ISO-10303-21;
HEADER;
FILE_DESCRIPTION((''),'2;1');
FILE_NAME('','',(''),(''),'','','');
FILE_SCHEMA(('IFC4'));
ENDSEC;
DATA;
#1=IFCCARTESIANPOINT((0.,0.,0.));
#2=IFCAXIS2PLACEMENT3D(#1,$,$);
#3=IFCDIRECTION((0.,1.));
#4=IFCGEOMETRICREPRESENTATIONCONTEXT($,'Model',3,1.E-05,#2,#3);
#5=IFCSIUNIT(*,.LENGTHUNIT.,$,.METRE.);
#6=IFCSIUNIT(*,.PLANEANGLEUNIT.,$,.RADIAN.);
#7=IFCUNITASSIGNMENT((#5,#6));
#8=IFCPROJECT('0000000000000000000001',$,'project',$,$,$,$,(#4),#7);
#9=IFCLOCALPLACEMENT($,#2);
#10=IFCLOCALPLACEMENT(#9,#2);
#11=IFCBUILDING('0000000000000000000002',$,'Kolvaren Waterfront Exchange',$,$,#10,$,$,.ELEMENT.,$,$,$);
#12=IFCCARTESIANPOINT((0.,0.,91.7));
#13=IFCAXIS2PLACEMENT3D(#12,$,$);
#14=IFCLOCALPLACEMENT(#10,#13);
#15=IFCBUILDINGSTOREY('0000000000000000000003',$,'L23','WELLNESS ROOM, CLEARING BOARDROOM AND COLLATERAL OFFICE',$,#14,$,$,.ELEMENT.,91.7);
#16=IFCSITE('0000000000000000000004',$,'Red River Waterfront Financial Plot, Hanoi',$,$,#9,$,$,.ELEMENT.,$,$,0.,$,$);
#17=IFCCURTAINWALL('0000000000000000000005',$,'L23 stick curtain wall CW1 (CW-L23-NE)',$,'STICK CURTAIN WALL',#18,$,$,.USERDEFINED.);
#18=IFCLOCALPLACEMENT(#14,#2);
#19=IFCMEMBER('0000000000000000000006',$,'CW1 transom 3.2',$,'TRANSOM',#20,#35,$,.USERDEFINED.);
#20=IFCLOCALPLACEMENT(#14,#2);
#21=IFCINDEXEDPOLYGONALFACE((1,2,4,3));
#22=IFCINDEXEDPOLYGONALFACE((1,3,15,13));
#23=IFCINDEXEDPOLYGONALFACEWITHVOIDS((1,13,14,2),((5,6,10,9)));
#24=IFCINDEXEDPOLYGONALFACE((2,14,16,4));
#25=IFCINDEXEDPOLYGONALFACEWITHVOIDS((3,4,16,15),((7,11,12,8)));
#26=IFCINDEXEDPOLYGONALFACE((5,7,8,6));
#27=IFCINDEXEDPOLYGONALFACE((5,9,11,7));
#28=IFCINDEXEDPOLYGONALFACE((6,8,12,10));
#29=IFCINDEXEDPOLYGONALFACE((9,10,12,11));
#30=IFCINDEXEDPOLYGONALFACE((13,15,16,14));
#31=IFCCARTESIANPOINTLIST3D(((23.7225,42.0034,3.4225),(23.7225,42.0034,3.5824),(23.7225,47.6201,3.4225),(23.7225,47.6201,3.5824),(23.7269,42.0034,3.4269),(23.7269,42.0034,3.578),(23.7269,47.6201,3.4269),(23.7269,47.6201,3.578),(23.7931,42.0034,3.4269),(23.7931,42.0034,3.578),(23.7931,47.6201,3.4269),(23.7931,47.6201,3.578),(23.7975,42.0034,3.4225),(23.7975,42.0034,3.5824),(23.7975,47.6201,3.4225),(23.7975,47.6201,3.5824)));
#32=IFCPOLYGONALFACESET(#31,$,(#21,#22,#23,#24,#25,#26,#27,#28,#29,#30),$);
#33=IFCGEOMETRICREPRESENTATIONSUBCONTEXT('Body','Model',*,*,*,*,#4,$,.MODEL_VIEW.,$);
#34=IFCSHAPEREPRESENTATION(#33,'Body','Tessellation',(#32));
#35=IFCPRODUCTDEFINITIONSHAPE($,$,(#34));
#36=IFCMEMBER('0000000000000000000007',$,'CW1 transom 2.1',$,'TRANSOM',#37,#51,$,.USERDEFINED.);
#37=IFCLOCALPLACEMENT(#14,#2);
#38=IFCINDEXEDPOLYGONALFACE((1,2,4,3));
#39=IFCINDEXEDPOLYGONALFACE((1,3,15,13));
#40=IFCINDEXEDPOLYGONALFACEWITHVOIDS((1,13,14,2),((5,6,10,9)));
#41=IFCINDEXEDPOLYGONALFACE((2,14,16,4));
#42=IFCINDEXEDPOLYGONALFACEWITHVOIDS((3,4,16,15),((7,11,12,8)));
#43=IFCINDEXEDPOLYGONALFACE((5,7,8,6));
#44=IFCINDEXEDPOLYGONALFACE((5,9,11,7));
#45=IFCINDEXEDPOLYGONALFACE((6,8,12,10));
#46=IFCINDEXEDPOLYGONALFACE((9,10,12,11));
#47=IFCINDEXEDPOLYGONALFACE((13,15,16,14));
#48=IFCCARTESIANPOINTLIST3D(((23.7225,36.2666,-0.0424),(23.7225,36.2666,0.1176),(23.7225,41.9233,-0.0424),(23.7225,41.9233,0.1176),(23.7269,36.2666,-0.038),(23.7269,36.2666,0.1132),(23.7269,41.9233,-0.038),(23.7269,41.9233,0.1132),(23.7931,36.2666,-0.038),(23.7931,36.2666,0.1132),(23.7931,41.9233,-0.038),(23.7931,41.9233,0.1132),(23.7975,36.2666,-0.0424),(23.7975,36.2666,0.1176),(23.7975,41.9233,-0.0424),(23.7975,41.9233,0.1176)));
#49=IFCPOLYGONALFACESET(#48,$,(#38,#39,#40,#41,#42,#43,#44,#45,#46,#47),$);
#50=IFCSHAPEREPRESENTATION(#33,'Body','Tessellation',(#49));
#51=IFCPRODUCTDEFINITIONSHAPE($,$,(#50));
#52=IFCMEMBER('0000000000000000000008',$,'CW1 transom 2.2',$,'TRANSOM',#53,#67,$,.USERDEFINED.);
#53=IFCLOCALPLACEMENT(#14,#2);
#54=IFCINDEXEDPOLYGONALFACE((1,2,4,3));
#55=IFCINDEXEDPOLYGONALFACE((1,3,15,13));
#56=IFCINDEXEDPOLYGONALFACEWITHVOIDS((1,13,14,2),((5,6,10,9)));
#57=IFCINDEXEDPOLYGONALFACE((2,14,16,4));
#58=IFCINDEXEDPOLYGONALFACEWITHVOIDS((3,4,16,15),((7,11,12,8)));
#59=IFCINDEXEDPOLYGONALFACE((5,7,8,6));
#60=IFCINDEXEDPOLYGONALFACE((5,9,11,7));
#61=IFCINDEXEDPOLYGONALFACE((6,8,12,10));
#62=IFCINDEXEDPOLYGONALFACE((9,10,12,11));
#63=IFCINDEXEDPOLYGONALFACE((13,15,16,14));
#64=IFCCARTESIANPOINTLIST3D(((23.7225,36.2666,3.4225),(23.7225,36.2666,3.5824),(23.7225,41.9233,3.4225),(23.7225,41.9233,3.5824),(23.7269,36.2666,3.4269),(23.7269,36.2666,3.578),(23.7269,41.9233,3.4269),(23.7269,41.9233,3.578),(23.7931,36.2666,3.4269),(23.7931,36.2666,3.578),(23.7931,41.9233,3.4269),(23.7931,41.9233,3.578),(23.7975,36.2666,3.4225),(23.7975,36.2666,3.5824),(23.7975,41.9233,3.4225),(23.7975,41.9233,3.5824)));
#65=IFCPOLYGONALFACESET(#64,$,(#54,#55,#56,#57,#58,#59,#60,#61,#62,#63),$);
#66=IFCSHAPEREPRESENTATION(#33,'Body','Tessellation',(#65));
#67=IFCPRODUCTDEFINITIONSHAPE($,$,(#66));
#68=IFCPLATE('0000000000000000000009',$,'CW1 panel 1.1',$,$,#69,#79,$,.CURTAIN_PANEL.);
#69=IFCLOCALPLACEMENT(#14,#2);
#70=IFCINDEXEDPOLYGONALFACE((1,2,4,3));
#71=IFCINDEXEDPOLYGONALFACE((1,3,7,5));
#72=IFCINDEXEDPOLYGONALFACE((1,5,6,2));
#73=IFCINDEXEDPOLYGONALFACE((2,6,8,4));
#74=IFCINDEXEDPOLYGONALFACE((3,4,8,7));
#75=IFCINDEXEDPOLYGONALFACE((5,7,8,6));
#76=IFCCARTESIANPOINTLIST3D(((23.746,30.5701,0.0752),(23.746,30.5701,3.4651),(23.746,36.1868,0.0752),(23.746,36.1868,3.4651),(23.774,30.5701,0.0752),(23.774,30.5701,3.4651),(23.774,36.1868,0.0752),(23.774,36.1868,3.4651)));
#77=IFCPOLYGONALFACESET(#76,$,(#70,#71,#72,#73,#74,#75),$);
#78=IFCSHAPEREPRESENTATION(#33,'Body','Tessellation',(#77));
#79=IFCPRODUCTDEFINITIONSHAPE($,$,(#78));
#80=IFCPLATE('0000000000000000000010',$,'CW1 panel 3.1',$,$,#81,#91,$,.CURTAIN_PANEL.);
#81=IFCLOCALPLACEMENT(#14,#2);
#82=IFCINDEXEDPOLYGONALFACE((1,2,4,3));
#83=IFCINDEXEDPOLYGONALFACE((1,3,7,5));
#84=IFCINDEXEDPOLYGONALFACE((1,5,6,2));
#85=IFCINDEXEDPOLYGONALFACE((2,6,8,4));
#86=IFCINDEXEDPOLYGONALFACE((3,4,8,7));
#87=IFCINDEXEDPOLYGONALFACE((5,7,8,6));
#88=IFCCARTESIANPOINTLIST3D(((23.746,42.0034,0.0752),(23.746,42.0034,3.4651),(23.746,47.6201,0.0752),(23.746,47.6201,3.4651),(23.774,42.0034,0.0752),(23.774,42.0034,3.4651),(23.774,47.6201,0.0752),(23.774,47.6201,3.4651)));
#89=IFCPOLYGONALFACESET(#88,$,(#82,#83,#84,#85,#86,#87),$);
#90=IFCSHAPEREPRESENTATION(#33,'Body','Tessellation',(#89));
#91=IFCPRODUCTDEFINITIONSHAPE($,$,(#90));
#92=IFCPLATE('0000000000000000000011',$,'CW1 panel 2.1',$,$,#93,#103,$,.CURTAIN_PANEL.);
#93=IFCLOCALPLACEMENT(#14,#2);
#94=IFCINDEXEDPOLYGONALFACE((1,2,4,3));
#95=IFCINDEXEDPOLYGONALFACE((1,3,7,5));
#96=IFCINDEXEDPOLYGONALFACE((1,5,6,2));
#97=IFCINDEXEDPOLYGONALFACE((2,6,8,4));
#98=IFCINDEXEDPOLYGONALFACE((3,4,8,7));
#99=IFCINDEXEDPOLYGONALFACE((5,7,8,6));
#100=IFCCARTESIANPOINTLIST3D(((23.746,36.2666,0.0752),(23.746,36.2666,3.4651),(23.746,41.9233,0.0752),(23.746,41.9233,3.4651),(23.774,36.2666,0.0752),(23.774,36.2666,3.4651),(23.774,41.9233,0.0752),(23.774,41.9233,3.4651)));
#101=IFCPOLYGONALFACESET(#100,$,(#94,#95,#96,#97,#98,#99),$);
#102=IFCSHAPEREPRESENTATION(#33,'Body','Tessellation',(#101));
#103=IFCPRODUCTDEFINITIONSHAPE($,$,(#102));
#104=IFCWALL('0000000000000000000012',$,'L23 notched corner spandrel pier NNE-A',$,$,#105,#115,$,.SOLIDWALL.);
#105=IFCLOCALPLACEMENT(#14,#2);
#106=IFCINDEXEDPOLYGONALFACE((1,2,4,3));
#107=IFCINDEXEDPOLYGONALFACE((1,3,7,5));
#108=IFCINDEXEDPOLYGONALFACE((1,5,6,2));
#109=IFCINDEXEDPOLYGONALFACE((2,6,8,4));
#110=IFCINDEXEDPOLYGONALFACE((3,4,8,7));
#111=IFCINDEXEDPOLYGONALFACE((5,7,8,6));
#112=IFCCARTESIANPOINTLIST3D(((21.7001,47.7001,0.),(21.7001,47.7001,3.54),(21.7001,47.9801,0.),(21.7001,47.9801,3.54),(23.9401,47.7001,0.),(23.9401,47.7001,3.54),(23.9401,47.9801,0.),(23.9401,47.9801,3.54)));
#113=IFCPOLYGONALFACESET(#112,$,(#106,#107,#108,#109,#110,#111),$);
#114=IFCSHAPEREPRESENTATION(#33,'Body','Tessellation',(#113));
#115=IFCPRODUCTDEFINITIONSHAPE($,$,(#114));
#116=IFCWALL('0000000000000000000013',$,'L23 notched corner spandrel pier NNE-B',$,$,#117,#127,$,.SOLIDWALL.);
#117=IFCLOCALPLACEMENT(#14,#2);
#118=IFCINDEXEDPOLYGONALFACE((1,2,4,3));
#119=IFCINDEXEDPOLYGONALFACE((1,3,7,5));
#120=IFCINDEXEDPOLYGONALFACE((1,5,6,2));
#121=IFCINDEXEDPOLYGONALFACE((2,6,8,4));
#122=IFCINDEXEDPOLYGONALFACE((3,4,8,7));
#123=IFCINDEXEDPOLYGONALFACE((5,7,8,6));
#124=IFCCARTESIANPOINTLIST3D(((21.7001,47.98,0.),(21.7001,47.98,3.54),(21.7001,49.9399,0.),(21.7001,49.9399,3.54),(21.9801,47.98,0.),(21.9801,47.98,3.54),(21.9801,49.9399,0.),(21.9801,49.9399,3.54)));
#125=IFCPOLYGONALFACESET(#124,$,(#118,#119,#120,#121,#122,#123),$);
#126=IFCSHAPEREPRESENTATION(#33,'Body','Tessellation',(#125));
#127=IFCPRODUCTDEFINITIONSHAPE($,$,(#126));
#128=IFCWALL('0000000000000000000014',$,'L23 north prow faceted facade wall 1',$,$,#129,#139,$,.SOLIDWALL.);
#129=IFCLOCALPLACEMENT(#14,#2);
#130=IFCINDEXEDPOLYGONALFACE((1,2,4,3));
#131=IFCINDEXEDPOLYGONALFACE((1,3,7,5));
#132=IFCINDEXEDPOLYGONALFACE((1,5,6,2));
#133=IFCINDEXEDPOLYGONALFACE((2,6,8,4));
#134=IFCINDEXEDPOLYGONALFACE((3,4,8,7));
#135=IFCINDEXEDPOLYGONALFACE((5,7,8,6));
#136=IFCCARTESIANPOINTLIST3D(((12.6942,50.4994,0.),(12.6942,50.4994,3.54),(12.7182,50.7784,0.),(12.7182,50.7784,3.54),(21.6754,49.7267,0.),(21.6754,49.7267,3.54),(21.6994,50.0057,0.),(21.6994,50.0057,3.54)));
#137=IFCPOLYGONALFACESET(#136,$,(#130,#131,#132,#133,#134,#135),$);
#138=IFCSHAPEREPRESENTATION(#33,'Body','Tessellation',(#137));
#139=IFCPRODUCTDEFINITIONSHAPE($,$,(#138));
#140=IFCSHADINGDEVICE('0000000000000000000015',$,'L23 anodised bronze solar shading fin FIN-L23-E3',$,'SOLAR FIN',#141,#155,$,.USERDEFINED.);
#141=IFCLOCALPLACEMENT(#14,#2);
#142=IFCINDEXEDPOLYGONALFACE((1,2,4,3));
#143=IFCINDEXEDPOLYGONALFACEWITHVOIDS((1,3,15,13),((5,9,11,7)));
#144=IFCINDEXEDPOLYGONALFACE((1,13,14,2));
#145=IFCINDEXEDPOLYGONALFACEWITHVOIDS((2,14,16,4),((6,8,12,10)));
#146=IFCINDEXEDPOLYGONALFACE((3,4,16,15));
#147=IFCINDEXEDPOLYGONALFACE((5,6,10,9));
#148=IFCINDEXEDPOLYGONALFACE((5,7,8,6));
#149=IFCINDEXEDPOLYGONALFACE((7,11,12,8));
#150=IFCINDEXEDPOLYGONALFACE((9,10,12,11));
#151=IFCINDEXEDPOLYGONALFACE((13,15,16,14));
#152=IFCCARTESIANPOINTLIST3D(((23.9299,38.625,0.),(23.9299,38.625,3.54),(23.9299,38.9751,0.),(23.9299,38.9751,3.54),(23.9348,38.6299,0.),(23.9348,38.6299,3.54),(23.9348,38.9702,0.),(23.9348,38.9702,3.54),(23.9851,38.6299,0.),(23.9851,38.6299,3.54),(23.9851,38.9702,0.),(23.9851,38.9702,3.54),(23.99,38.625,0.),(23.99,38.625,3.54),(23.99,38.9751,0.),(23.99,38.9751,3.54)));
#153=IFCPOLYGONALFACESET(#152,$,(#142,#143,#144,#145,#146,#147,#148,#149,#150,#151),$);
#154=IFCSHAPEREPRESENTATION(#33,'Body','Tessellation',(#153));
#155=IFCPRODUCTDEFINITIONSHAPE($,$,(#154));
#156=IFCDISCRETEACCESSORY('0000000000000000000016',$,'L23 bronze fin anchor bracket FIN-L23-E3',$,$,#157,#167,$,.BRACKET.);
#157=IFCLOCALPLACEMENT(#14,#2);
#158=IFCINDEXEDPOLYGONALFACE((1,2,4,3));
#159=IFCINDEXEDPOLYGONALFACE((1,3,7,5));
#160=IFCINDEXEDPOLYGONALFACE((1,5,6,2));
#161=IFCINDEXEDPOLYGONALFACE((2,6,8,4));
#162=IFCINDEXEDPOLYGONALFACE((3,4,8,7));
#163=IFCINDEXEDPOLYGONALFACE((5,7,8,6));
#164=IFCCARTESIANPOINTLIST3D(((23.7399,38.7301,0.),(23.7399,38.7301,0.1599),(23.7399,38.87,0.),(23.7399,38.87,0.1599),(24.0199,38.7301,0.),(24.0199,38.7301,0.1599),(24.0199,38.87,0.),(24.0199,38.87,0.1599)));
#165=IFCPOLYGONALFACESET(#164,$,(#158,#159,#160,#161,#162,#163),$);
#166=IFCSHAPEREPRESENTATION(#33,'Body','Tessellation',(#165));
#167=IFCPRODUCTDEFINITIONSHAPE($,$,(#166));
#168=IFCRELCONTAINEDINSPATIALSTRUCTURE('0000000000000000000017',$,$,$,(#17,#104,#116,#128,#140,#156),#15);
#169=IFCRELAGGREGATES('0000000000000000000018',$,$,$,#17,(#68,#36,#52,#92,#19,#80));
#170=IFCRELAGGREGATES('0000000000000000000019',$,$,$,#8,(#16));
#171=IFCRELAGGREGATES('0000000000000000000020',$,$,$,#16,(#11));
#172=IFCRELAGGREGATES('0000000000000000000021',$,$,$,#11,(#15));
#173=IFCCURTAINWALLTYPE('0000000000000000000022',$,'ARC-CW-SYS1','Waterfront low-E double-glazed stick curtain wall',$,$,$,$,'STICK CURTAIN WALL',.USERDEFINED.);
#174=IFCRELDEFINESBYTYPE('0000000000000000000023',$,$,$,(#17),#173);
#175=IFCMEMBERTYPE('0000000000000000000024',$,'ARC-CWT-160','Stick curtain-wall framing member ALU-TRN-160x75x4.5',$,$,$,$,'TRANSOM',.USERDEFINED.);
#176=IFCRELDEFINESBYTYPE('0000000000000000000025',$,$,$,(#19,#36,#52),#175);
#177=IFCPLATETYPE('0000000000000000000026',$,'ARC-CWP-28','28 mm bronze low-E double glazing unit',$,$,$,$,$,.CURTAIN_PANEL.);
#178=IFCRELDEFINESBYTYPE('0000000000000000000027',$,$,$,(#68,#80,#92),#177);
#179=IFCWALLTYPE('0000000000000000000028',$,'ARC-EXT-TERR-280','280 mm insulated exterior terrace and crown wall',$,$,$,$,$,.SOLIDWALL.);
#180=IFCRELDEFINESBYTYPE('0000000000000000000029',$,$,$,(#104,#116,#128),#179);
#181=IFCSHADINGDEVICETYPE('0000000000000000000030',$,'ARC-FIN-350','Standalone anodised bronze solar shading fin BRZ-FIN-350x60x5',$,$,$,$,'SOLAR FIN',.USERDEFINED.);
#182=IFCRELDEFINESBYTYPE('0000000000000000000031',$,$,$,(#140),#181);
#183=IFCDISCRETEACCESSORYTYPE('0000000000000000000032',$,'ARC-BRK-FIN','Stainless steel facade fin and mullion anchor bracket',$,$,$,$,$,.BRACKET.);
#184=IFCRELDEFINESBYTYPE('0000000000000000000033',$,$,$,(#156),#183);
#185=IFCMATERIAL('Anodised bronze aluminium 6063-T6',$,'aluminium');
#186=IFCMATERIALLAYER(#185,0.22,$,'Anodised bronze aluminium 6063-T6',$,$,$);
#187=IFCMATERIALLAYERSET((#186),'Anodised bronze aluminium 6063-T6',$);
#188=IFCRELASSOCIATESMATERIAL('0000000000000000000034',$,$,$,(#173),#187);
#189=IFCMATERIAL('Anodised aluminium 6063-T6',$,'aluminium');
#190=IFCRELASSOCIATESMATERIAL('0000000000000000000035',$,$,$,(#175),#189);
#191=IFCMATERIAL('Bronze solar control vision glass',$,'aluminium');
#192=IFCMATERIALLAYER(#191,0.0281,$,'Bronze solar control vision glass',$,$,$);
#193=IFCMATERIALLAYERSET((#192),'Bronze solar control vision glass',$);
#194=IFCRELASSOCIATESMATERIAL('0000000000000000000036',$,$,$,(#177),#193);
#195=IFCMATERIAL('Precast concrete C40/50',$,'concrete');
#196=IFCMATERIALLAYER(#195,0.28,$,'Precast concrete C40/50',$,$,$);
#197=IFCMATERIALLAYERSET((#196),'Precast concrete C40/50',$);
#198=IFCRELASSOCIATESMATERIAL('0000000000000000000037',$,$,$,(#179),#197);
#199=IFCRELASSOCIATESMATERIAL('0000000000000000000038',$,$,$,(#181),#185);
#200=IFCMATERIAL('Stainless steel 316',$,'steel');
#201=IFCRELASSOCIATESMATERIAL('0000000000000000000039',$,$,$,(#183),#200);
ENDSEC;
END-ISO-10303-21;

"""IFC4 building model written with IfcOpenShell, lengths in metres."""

from ifc_helpers import new_model, si_unit, direction, frame, frame_2d, origin, origin_with_axes, origin_2d, place, context, subcontext, project, spatial, rectangle, hollow_rectangle, extrude, source, transform, mapped, material, layer, layer_set, material_profile, profile_set, type_object, element, aggregate, save


model = new_model("IFC4")

# Units and contexts
model_context = context("Model", 3, precision=1e-05, world=origin(), true_north=direction((0.0, 1.0)))
body_context = subcontext(model_context, "Body", "Model", "MODEL_VIEW")
ifc_project = project(units=[si_unit("LENGTHUNIT", "METRE"), si_unit("PLANEANGLEUNIT", "RADIAN")], contexts=[model_context])

# Site, building, storey
site_placement = place(None, origin())
site = spatial("IfcSite", under=ifc_project, at=site_placement, Name="Red River Waterfront Financial Plot, Hanoi", CompositionType="ELEMENT", RefElevation=0.0)
building_placement = place(site_placement, origin())
building = spatial("IfcBuilding", under=site, at=building_placement, Name="Kolvaren Waterfront Exchange", CompositionType="ELEMENT")
storey_placement = place(building_placement, frame((0.0, 0.0, 91.7)))
storey = spatial("IfcBuildingStorey", under=building, at=storey_placement, Name="L23", Description="WELLNESS ROOM, CLEARING BOARDROOM AND COLLATERAL OFFICE", CompositionType="ELEMENT", Elevation=91.7)

# Curtain wall, members, plates
ifc_material_1 = material(Name="Anodised bronze aluminium 6063-T6", Category="aluminium")
ifc_layer_1 = layer(ifc_material_1, 0.22, Name="Anodised bronze aluminium 6063-T6")
ifc_layer_set_1 = layer_set([ifc_layer_1], Name="Anodised bronze aluminium 6063-T6")
curtain_wall_type = type_object("IfcCurtainWallType", Name="ARC-CW-SYS1", Description="Waterfront low-E double-glazed stick curtain wall", ElementType="STICK CURTAIN WALL", PredefinedType="USERDEFINED", material=ifc_layer_set_1)
curtain_wall_placement = place(storey_placement, origin())
curtain_wall = element("IfcCurtainWall", 1, at=curtain_wall_placement, inside=storey, type_object=curtain_wall_type, Name="L23 stick curtain wall CW1 (CW-L23-NE)", ObjectType="STICK CURTAIN WALL", PredefinedType="USERDEFINED")
ifc_material_2 = material(Name="Anodised aluminium 6063-T6", Category="aluminium")
ifc_material_profile_1 = material_profile(ifc_material_2, hollow_rectangle(XDim=0.075, YDim=0.1599, WallThickness=0.0044, at=origin_2d()), Name="ALU-TRN-160x75x4.5")
ifc_profile_set_1 = profile_set([ifc_material_profile_1], Name="Anodised aluminium 6063-T6")
member_type_1 = type_object("IfcMemberType", Name="ARC-CWT-160", Description="Stick curtain-wall framing member ALU-TRN-160x75x4.5", ElementType="TRANSOM", PredefinedType="USERDEFINED", material=ifc_profile_set_1)
shared_shape_1 = source(origin_with_axes(), body_context, "Body", "SweptSolid", [
    extrude(hollow_rectangle(XDim=0.075, YDim=0.1599, WallThickness=0.0044, at=origin_2d()), origin(), (0.0, 0.0, 1.0), 5.6167),
])
member_1_placement = place(storey_placement, frame((23.76, 42.0034, 3.5024), z_axis=(0.0, 1.0, 0.0), x_axis=(-1.0, 0.0, 0.0)))
member_1 = element("IfcMember", 2, at=member_1_placement, type_object=member_type_1, Name="CW1 transom 3.2", ObjectType="TRANSOM", PredefinedType="USERDEFINED", context=body_context, shape_type="MappedRepresentation", body=[
    mapped(shared_shape_1, transform((0.0, 0.0, 0.0), x_axis=(1.0, 0.0, 0.0), y_axis=(0.0, 1.0, 0.0), z_axis=(0.0, 0.0, 1.0), scale=1.0)),
])
shared_shape_2 = source(origin_with_axes(), body_context, "Body", "SweptSolid", [
    extrude(hollow_rectangle(XDim=0.075, YDim=0.1599, WallThickness=0.0044, at=origin_2d()), origin(), (0.0, 0.0, 1.0), 5.6567),
])
member_2_placement = place(storey_placement, frame((23.76, 36.2666, 0.0376), z_axis=(0.0, 1.0, 0.0), x_axis=(-1.0, 0.0, 0.0)))
member_2 = element("IfcMember", 3, at=member_2_placement, type_object=member_type_1, Name="CW1 transom 2.1", ObjectType="TRANSOM", PredefinedType="USERDEFINED", context=body_context, shape_type="MappedRepresentation", body=[
    mapped(shared_shape_2, transform((0.0, 0.0, 0.0), x_axis=(1.0, 0.0, 0.0), y_axis=(0.0, 1.0, 0.0), z_axis=(0.0, 0.0, 1.0), scale=1.0)),
])
member_3_placement = place(storey_placement, frame((23.76, 36.2666, 3.5024), z_axis=(0.0, 1.0, 0.0), x_axis=(-1.0, 0.0, 0.0)))
member_3 = element("IfcMember", 4, at=member_3_placement, type_object=member_type_1, Name="CW1 transom 2.2", ObjectType="TRANSOM", PredefinedType="USERDEFINED", context=body_context, shape_type="MappedRepresentation", body=[
    mapped(shared_shape_2, transform((0.0, 0.0, 0.0), x_axis=(1.0, 0.0, 0.0), y_axis=(0.0, 1.0, 0.0), z_axis=(0.0, 0.0, 1.0), scale=1.0)),
])
ifc_material_3 = material(Name="Bronze solar control vision glass", Category="aluminium")
ifc_layer_2 = layer(ifc_material_3, 0.0281, Name="Bronze solar control vision glass")
ifc_layer_set_2 = layer_set([ifc_layer_2], Name="Bronze solar control vision glass")
plate_type = type_object("IfcPlateType", Name="ARC-CWP-28", Description="28 mm bronze low-E double glazing unit", PredefinedType="CURTAIN_PANEL", material=ifc_layer_set_2)
shared_shape_3 = source(origin_with_axes(), body_context, "Body", "SweptSolid", [
    extrude(rectangle(XDim=5.6167, YDim=0.0281, at=origin_2d()), origin(), (0.0, 0.0, 1.0), 3.3899),
])
plate_1_placement = place(storey_placement, frame((23.76, 33.3784, 0.0752), z_axis=(0.0, 0.0, 1.0), x_axis=(0.0, 1.0, 0.0)))
plate_1 = element("IfcPlate", 5, at=plate_1_placement, type_object=plate_type, Name="CW1 panel 1.1", PredefinedType="CURTAIN_PANEL", context=body_context, shape_type="MappedRepresentation", body=[
    mapped(shared_shape_3, transform((0.0, 0.0, 0.0), x_axis=(1.0, 0.0, 0.0), y_axis=(0.0, 1.0, 0.0), z_axis=(0.0, 0.0, 1.0), scale=1.0)),
])
plate_2_placement = place(storey_placement, frame((23.76, 44.8118, 0.0752), z_axis=(0.0, 0.0, 1.0), x_axis=(0.0, 1.0, 0.0)))
plate_2 = element("IfcPlate", 6, at=plate_2_placement, type_object=plate_type, Name="CW1 panel 3.1", PredefinedType="CURTAIN_PANEL", context=body_context, shape_type="MappedRepresentation", body=[
    mapped(shared_shape_3, transform((0.0, 0.0, 0.0), x_axis=(1.0, 0.0, 0.0), y_axis=(0.0, 1.0, 0.0), z_axis=(0.0, 0.0, 1.0), scale=1.0)),
])
shared_shape_4 = source(origin_with_axes(), body_context, "Body", "SweptSolid", [
    extrude(rectangle(XDim=5.6567, YDim=0.0281, at=origin_2d()), origin(), (0.0, 0.0, 1.0), 3.3899),
])
plate_3_placement = place(storey_placement, frame((23.76, 39.095, 0.0752), z_axis=(0.0, 0.0, 1.0), x_axis=(0.0, 1.0, 0.0)))
plate_3 = element("IfcPlate", 7, at=plate_3_placement, type_object=plate_type, Name="CW1 panel 2.1", PredefinedType="CURTAIN_PANEL", context=body_context, shape_type="MappedRepresentation", body=[
    mapped(shared_shape_4, transform((0.0, 0.0, 0.0), x_axis=(1.0, 0.0, 0.0), y_axis=(0.0, 1.0, 0.0), z_axis=(0.0, 0.0, 1.0), scale=1.0)),
])
aggregate(curtain_wall, [plate_1, member_2, member_3, plate_3, member_1, plate_2])

# Walls
ifc_material_4 = material(Name="Precast concrete C40/50", Category="concrete")
ifc_layer_3 = layer(ifc_material_4, 0.28, Name="Precast concrete C40/50")
ifc_layer_set_3 = layer_set([ifc_layer_3], Name="Precast concrete C40/50")
wall_type = type_object("IfcWallType", Name="ARC-EXT-TERR-280", Description="280 mm insulated exterior terrace and crown wall", PredefinedType="SOLIDWALL", material=ifc_layer_set_3)
wall_1_placement = place(storey_placement, frame((21.7, 47.8401, 0.0), z_axis=(0.0, 0.0, 1.0), x_axis=(1.0, 0.0, 0.0)))
element("IfcWall", 8, at=wall_1_placement, inside=storey, type_object=wall_type, Name="L23 notched corner spandrel pier NNE-A", PredefinedType="SOLIDWALL", context=body_context, shape_type="SweptSolid", body=[
    extrude(rectangle(XDim=2.24, YDim=0.28, at=frame_2d((1.1201, 0.0))), origin(), (0.0, 0.0, 1.0), 3.54),
])
wall_2_placement = place(storey_placement, frame((21.8401, 47.98, 0.0), z_axis=(0.0, 0.0, 1.0), x_axis=(0.0, 1.0, 0.0)))
element("IfcWall", 9, at=wall_2_placement, inside=storey, type_object=wall_type, Name="L23 notched corner spandrel pier NNE-B", PredefinedType="SOLIDWALL", context=body_context, shape_type="SweptSolid", body=[
    extrude(rectangle(XDim=1.96, YDim=0.28, at=frame_2d((0.98, 0.0))), origin(), (0.0, 0.0, 1.0), 3.54),
])
wall_3_placement = place(storey_placement, frame((21.6875, 49.8662, 0.0), z_axis=(0.0, 0.0, 1.0), x_axis=(-0.996319, 0.085719, 0.0)))
element("IfcWall", 10, at=wall_3_placement, inside=storey, type_object=wall_type, Name="L23 north prow faceted facade wall 1", PredefinedType="SOLIDWALL", context=body_context, shape_type="SweptSolid", body=[
    extrude(rectangle(XDim=9.0144, YDim=0.28, at=frame_2d((4.5073, 0.0))), origin(), (0.0, 0.0, 1.0), 3.54),
])

# Shading device
ifc_material_profile_2 = material_profile(ifc_material_1, hollow_rectangle(XDim=0.0601, YDim=0.3501, WallThickness=0.0049, at=origin_2d()), Name="BRZ-FIN-350x60x5")
ifc_profile_set_2 = profile_set([ifc_material_profile_2], Name="Anodised bronze aluminium 6063-T6")
shading_device_type = type_object("IfcShadingDeviceType", Name="ARC-FIN-350", Description="Standalone anodised bronze solar shading fin BRZ-FIN-350x60x5", ElementType="SOLAR FIN", PredefinedType="USERDEFINED", material=ifc_profile_set_2)
shading_device_placement = place(storey_placement, frame((23.96, 38.8, 0.0), z_axis=(0.0, 0.0, 1.0), x_axis=(1.0, 0.0, 0.0)))
element("IfcShadingDevice", 11, at=shading_device_placement, inside=storey, type_object=shading_device_type, Name="L23 anodised bronze solar shading fin FIN-L23-E3", ObjectType="SOLAR FIN", PredefinedType="USERDEFINED", context=body_context, shape_type="SweptSolid", body=[
    extrude(hollow_rectangle(XDim=0.0601, YDim=0.3501, WallThickness=0.0049, at=origin_2d()), origin(), (0.0, 0.0, 1.0), 3.54),
])

# Discrete accessory
ifc_material_5 = material(Name="Stainless steel 316", Category="steel")
discrete_accessory_type = type_object("IfcDiscreteAccessoryType", Name="ARC-BRK-FIN", Description="Stainless steel facade fin and mullion anchor bracket", PredefinedType="BRACKET", material=ifc_material_5)
shared_shape_5 = source(origin_with_axes(), body_context, "Body", "SweptSolid", [
    extrude(rectangle(XDim=0.28, YDim=0.1399, at=origin_2d()), origin(), (0.0, 0.0, 1.0), 0.1599),
])
discrete_accessory_placement = place(storey_placement, frame((23.8799, 38.8, 0.0), z_axis=(0.0, 0.0, 1.0), x_axis=(1.0, 0.0, 0.0)))
element("IfcDiscreteAccessory", 12, at=discrete_accessory_placement, inside=storey, type_object=discrete_accessory_type, Name="L23 bronze fin anchor bracket FIN-L23-E3", PredefinedType="BRACKET", context=body_context, shape_type="MappedRepresentation", body=[
    mapped(shared_shape_5, transform((0.0, 0.0, 0.0), x_axis=(1.0, 0.0, 0.0), y_axis=(0.0, 1.0, 0.0), z_axis=(0.0, 0.0, 1.0), scale=1.0)),
])

save(model, "model.ifc")
